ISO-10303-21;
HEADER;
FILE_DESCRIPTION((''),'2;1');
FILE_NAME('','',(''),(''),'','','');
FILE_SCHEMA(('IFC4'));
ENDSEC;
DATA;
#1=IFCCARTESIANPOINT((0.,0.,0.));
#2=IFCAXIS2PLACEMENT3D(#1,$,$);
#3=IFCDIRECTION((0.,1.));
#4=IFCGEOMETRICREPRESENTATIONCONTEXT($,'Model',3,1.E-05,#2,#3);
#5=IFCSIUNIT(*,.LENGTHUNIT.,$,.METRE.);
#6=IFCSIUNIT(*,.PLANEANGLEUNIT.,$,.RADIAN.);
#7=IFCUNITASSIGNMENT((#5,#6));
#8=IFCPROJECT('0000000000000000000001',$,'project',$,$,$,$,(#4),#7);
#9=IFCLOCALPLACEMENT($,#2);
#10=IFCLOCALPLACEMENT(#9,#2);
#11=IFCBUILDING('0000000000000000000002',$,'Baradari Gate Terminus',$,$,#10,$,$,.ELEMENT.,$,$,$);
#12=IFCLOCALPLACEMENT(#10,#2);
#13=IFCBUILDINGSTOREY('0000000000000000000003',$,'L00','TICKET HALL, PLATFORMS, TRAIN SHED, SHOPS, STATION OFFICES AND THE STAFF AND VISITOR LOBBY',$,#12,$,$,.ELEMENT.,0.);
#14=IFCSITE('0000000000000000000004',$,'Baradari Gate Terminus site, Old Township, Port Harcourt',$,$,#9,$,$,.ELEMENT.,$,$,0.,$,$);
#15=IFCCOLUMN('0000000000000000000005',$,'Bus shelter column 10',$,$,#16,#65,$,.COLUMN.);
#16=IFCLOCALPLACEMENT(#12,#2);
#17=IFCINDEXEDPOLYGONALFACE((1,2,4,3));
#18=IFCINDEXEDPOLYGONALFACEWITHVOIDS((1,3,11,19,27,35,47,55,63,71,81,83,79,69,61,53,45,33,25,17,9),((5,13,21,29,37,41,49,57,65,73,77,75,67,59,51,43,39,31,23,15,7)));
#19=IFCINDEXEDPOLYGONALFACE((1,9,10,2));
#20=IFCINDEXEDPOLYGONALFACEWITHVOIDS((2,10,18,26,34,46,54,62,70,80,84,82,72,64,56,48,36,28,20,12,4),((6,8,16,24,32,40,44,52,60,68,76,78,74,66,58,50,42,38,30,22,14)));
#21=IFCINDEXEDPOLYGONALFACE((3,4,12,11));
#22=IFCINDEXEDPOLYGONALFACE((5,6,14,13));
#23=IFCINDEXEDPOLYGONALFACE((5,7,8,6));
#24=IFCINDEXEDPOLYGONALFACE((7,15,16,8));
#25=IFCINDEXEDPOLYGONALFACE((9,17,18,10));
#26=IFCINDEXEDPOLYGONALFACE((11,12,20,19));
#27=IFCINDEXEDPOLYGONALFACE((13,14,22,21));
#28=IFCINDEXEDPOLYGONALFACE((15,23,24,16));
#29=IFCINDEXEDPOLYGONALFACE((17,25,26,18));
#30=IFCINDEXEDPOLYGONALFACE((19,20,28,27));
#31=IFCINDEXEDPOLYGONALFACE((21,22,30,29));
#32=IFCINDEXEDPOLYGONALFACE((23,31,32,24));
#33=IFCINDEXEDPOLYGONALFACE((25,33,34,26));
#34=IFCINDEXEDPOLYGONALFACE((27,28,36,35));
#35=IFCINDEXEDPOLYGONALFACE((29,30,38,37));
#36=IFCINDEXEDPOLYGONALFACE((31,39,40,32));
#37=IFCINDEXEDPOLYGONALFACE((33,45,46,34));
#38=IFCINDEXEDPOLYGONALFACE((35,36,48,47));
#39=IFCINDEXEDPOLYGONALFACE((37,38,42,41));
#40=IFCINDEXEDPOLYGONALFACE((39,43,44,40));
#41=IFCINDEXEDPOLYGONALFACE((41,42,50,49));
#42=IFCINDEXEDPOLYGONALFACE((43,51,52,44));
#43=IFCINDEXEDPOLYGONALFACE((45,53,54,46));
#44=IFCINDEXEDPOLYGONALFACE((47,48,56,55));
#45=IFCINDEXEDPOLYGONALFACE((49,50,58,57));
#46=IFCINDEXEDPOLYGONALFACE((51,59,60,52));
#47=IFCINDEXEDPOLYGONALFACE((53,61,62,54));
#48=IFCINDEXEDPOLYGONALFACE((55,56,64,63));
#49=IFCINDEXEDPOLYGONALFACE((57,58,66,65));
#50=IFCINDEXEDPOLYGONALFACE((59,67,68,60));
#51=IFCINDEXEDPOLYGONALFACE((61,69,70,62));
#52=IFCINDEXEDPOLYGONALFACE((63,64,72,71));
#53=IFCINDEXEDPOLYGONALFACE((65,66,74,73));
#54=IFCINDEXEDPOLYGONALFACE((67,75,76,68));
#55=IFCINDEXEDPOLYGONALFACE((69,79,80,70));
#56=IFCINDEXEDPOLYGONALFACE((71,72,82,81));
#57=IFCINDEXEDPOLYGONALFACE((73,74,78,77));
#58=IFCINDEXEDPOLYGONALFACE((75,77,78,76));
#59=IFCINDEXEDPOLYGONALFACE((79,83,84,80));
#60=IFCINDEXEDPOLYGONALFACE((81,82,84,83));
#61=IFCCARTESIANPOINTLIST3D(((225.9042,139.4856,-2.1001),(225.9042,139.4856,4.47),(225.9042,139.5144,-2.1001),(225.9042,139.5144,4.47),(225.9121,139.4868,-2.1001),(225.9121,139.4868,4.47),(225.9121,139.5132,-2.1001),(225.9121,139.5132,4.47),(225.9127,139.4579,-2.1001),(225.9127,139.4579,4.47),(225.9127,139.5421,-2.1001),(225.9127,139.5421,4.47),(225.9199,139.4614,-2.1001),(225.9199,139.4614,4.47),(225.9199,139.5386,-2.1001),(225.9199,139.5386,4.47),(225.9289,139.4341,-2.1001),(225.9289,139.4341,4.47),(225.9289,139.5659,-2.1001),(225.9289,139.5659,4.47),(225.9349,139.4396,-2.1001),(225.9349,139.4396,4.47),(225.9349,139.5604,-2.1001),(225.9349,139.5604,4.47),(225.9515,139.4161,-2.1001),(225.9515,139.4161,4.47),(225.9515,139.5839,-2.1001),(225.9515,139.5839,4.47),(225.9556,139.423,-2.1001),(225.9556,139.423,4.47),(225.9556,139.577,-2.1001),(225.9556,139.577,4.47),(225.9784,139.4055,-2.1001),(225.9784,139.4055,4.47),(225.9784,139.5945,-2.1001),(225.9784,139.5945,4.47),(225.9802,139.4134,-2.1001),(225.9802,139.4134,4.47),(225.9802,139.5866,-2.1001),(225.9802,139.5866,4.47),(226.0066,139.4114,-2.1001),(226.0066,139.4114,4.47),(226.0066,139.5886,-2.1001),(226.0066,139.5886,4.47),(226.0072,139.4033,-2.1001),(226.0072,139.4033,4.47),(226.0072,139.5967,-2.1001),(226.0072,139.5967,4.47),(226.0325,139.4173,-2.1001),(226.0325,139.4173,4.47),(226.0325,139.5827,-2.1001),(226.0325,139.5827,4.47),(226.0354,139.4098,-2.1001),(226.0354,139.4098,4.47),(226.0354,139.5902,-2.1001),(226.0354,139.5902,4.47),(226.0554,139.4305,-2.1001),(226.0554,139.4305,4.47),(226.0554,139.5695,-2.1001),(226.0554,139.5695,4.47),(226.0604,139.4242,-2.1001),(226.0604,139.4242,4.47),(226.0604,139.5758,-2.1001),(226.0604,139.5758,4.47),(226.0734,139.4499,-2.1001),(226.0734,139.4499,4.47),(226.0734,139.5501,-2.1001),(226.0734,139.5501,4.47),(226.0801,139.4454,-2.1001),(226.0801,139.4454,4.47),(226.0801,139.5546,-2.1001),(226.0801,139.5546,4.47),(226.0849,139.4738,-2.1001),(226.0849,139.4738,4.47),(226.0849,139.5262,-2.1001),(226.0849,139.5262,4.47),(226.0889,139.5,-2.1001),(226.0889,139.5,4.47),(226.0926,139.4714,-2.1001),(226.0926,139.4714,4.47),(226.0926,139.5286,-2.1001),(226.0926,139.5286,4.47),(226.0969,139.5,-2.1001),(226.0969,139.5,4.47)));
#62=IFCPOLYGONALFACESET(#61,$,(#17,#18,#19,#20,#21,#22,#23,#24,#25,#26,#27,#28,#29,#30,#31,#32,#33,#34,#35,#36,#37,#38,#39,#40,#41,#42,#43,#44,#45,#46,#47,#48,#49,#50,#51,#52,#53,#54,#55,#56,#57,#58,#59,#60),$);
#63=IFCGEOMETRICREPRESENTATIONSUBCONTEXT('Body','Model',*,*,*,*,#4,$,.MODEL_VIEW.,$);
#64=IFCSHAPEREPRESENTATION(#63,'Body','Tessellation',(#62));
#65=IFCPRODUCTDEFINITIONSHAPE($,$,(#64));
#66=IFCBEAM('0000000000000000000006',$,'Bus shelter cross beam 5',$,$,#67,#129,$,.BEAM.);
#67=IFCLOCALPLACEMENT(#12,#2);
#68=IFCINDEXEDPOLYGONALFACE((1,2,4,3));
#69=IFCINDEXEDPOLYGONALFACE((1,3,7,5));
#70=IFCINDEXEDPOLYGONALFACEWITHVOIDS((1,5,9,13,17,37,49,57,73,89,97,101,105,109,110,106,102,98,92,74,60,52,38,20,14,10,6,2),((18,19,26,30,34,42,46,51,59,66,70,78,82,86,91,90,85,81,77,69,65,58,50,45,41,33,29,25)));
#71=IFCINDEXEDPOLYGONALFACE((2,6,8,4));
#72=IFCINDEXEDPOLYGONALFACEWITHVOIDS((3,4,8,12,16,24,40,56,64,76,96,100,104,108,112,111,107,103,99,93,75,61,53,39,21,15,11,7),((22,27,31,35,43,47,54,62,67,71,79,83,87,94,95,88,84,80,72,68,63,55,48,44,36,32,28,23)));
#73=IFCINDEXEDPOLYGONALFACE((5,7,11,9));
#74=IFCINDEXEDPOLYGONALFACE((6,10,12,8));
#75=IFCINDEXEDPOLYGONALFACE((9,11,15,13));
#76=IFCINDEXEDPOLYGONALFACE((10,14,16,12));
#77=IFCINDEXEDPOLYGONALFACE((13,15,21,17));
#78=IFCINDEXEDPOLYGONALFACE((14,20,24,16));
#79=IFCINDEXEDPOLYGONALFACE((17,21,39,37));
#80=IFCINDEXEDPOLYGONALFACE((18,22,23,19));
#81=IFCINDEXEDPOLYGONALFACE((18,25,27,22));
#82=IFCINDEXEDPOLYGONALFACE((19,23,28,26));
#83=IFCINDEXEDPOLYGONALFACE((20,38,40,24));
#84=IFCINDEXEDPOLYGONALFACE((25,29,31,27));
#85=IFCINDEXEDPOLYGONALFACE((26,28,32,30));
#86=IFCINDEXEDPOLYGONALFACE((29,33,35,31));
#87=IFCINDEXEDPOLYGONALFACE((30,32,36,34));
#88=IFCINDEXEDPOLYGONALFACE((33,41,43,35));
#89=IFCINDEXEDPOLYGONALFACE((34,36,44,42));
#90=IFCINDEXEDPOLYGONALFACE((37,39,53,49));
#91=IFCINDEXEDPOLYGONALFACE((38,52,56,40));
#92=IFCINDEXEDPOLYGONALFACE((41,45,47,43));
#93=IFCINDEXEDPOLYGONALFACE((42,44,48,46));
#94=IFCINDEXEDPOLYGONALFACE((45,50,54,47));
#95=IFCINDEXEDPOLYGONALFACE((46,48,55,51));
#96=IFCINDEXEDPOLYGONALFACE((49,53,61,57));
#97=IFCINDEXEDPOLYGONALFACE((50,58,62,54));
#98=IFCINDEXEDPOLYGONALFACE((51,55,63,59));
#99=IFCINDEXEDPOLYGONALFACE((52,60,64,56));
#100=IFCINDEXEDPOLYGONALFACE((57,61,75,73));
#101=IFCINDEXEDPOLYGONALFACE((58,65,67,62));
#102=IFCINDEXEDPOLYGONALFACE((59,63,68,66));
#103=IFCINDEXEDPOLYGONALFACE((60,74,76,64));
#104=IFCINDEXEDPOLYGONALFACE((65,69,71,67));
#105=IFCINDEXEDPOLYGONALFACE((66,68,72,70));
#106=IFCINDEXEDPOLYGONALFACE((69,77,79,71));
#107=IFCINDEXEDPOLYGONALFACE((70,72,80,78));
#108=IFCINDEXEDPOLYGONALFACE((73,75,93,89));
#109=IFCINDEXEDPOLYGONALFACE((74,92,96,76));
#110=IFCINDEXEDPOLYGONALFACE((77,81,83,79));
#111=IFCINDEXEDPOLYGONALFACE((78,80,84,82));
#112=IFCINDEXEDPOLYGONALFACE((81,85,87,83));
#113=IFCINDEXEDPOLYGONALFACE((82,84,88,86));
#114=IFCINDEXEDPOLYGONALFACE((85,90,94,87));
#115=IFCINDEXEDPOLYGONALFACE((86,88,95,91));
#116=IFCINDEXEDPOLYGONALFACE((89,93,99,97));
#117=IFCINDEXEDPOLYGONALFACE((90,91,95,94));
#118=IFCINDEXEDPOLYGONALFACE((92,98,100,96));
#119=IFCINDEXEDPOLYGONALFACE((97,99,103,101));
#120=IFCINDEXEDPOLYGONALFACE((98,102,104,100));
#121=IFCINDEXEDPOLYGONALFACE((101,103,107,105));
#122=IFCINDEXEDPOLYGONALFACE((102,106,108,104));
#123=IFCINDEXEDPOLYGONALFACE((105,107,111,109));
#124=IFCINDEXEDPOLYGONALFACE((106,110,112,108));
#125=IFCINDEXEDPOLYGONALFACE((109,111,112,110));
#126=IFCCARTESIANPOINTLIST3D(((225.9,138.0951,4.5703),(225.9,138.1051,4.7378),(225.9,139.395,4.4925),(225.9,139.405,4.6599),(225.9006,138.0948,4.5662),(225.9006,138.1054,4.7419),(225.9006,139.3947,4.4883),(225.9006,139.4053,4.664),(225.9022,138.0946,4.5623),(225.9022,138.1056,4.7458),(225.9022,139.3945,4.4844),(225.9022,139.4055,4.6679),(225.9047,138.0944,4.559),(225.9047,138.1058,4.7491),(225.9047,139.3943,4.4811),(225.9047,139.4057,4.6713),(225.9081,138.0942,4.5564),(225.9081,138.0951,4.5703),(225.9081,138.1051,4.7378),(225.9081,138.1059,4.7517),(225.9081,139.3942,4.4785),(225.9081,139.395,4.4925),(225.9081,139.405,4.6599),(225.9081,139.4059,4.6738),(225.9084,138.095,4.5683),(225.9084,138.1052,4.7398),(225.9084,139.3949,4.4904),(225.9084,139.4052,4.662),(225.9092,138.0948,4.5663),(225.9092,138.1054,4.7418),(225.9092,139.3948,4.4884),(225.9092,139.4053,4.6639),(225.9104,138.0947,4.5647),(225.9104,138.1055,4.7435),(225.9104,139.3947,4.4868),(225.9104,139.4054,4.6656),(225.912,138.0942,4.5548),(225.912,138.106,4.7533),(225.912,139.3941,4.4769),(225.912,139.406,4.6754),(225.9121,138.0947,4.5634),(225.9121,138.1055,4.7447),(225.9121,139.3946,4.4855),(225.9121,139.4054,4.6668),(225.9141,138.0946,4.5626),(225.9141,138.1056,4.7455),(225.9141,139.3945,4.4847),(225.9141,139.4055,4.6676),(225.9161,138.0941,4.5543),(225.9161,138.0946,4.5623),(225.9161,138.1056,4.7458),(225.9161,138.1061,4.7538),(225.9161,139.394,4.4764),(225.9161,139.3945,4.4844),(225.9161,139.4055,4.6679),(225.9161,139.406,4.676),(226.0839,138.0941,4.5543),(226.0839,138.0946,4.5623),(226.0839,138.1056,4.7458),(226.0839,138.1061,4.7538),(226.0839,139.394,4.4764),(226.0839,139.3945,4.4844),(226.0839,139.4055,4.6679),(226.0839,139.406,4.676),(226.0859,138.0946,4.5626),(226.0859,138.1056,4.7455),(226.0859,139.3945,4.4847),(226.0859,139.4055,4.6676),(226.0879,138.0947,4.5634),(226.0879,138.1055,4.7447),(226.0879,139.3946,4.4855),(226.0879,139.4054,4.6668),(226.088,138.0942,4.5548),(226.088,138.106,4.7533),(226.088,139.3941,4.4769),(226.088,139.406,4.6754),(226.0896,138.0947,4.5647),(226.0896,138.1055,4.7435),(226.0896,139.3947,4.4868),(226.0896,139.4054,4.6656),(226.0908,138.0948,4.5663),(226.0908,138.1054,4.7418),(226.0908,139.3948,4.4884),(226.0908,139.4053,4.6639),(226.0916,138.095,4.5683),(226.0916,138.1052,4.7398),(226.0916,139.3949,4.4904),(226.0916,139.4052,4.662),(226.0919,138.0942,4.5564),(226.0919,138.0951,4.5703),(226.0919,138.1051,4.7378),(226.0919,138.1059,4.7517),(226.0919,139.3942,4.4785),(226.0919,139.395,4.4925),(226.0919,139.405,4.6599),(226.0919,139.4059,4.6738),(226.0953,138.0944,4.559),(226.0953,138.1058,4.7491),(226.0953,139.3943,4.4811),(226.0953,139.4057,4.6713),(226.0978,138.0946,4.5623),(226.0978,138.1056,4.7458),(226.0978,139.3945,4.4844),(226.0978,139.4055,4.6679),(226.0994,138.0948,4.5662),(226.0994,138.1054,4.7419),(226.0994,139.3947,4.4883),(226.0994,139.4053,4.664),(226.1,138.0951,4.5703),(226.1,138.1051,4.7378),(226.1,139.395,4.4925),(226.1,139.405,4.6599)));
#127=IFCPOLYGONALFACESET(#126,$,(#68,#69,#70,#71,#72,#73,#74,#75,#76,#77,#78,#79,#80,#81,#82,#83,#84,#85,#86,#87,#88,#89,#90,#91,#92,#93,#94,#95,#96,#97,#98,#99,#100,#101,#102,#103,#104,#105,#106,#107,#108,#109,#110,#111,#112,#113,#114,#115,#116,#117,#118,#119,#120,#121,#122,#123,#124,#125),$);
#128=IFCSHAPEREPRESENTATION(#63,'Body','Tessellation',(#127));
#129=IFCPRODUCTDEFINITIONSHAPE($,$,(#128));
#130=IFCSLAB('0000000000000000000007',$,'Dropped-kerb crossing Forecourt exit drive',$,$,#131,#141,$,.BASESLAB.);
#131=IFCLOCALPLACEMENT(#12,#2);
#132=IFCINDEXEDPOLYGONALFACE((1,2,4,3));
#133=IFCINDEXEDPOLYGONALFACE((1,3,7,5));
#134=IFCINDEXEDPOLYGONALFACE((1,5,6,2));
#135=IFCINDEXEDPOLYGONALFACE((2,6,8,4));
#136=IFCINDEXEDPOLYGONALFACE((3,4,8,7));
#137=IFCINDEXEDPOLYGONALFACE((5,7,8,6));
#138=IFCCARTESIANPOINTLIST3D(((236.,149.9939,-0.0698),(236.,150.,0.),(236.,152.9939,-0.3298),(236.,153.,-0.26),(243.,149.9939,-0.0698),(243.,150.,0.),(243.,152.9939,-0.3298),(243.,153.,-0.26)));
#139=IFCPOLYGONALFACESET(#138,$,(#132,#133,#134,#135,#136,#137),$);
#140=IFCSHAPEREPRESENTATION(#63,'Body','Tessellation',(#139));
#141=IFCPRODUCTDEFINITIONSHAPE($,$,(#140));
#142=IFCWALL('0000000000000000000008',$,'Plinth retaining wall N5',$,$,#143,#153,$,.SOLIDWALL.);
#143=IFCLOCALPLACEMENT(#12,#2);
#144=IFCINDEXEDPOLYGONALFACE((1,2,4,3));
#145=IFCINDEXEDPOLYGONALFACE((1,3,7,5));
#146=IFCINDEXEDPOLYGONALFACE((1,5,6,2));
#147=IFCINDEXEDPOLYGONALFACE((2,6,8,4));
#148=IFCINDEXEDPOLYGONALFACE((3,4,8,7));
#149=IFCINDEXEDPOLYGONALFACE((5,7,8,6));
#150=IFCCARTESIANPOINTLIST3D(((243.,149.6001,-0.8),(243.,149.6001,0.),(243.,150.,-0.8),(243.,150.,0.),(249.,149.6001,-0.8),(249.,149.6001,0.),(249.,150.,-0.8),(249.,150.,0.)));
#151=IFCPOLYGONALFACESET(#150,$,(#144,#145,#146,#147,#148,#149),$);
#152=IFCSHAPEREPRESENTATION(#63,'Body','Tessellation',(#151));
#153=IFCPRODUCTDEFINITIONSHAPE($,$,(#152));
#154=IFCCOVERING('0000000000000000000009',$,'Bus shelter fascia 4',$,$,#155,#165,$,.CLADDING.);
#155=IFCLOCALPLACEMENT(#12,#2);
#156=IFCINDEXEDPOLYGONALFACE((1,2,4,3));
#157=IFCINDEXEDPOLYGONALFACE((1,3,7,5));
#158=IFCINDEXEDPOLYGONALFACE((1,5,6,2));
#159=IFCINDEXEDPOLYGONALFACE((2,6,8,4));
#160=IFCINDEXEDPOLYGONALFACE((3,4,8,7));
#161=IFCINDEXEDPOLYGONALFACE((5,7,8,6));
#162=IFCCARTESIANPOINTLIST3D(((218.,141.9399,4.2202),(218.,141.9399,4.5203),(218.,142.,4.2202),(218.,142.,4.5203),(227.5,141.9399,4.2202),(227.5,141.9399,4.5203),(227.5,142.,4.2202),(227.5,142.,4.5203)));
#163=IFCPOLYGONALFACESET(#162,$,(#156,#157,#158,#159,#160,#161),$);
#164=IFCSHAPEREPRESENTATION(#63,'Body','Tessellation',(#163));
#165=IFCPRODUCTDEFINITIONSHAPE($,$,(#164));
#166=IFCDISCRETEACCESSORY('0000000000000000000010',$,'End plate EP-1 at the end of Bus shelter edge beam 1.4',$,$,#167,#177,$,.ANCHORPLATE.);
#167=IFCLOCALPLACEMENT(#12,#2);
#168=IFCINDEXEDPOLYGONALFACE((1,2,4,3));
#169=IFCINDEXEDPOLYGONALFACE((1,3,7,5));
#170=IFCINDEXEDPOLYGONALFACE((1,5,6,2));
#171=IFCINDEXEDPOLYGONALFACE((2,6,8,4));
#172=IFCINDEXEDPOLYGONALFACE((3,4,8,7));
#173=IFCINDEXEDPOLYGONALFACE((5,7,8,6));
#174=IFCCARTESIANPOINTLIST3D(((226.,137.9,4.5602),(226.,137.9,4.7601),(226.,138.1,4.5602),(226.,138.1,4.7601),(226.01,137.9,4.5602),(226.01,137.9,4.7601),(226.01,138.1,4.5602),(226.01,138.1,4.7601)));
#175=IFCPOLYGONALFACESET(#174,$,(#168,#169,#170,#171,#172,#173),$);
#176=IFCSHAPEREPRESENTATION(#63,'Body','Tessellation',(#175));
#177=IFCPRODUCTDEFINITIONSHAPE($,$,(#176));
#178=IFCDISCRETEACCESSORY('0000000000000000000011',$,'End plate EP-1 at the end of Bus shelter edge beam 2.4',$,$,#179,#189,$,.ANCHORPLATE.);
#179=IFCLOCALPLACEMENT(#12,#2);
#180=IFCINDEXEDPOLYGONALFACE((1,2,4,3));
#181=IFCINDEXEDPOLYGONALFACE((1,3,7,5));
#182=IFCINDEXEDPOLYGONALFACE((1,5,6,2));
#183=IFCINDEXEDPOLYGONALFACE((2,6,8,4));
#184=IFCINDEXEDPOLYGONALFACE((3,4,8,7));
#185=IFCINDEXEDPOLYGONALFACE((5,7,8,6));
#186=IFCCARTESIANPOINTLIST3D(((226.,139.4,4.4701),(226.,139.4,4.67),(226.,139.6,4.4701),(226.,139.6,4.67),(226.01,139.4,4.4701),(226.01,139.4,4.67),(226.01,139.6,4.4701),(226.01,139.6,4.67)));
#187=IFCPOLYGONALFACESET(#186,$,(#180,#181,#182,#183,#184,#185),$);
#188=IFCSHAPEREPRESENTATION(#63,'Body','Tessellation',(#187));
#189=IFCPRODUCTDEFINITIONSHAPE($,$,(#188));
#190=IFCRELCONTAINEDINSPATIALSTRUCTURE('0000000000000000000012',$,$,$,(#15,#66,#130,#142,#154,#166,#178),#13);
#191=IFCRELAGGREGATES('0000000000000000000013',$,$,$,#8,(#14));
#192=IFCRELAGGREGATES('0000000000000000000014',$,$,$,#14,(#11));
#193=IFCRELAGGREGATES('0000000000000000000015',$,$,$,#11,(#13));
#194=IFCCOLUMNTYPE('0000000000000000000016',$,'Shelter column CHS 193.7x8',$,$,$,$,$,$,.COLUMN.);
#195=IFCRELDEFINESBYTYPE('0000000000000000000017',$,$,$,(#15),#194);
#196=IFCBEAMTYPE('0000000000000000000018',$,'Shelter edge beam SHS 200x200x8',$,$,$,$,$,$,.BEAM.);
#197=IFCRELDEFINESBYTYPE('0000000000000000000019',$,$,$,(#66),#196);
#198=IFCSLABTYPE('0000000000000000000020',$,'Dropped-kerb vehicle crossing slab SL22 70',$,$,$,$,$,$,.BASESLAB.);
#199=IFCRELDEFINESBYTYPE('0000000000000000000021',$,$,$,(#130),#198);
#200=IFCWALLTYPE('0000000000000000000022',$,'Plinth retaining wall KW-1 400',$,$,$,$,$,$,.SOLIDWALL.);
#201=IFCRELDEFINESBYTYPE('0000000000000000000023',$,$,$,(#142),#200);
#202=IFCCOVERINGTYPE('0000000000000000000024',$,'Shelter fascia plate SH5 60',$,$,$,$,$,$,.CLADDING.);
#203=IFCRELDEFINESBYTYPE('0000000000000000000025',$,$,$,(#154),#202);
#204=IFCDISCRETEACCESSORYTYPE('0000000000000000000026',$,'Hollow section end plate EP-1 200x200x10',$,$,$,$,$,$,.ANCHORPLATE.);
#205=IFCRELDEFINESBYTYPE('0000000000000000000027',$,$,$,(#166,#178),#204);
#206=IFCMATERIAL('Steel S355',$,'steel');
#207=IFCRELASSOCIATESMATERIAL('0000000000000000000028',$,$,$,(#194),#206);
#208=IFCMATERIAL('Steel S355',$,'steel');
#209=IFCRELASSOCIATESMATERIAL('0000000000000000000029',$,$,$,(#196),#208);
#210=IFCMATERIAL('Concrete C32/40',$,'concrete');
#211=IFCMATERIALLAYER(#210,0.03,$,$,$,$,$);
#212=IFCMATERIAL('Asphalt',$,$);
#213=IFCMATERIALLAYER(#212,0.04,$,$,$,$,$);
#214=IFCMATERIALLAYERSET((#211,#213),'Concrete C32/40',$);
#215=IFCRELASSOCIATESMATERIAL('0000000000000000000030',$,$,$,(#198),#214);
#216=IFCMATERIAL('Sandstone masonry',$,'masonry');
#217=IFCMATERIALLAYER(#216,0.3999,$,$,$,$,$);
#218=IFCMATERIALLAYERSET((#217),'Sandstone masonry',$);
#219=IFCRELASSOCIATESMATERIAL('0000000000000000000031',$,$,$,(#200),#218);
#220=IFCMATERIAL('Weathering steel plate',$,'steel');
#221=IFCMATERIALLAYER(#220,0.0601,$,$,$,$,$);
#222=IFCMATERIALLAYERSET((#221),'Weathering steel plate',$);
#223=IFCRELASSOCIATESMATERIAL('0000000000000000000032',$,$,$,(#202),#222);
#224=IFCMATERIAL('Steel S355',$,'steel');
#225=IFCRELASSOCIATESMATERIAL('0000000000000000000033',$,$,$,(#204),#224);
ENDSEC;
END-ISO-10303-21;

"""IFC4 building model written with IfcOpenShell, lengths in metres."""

from ifc_helpers import new_model, si_unit, direction, frame, frame_2d, origin, origin_2d, place, context, subcontext, project, spatial, polyline, rectangle, hollow_rectangle, hollow_circle, outline, extrude, material, layer, layer_set, material_profile, profile_set, type_object, element, save


model = new_model("IFC4")

# Units and contexts
model_context = context("Model", 3, precision=1e-05, world=origin(), true_north=direction((0.0, 1.0)))
body_context = subcontext(model_context, "Body", "Model", "MODEL_VIEW")
ifc_project = project(units=[si_unit("LENGTHUNIT", "METRE"), si_unit("PLANEANGLEUNIT", "RADIAN")], contexts=[model_context])

# Site, building, storey
site_placement = place(None, origin())
site = spatial("IfcSite", under=ifc_project, at=site_placement, Name="Baradari Gate Terminus site, Old Township, Port Harcourt", CompositionType="ELEMENT", RefElevation=0.0)
building_placement = place(site_placement, origin())
building = spatial("IfcBuilding", under=site, at=building_placement, Name="Baradari Gate Terminus", CompositionType="ELEMENT")
storey_placement = place(building_placement, origin())
storey = spatial("IfcBuildingStorey", under=building, at=storey_placement, Name="L00", Description="TICKET HALL, PLATFORMS, TRAIN SHED, SHOPS, STATION OFFICES AND THE STAFF AND VISITOR LOBBY", CompositionType="ELEMENT", Elevation=0.0)

# Column
ifc_material_1 = material(Name="Steel S355", Category="steel")
ifc_material_profile_1 = material_profile(ifc_material_1, hollow_circle(Radius=0.0969, WallThickness=0.0081, at=origin_2d()), Name="CHS 193.7x8")
ifc_profile_set_1 = profile_set([ifc_material_profile_1], Name="Steel S355")
column_type_1 = type_object("IfcColumnType", Name="Shelter column CHS 193.7x8", PredefinedType="COLUMN", material=ifc_profile_set_1)
column_1_placement = place(storey_placement, frame((226.0, 139.5, -2.1001), z_axis=(0.0, 0.0, 1.0), x_axis=(1.0, 0.0, 0.0)))
element("IfcColumn", 1, at=column_1_placement, inside=storey, type_object=column_type_1, Name="Bus shelter column 10", PredefinedType="COLUMN", context=body_context, shape_type="SweptSolid", body=[
    extrude(hollow_circle(Radius=0.0969, WallThickness=0.0081, at=origin_2d()), origin(), (0.0, 0.0, 1.0), 6.5701),
])

# Beam
ifc_material_2 = material(Name="Steel S355", Category="steel")
ifc_material_profile_2 = material_profile(ifc_material_2, hollow_rectangle(XDim=0.2, YDim=0.2, WallThickness=0.0081, InnerFilletRadius=0.0081, OuterFilletRadius=0.0161, at=origin_2d()), Name="SHS 200x200x8")
ifc_profile_set_2 = profile_set([ifc_material_profile_2], Name="Steel S355")
beam_type = type_object("IfcBeamType", Name="Shelter edge beam SHS 200x200x8", PredefinedType="BEAM", material=ifc_profile_set_2)
beam_placement = place(storey_placement, frame((226.0, 138.1001, 4.6541), z_axis=(0.0, 0.99821, -0.05981), x_axis=(-1.0, 0.0, 0.0)))
element("IfcBeam", 2, at=beam_placement, inside=storey, type_object=beam_type, Name="Bus shelter cross beam 5", PredefinedType="BEAM", context=body_context, shape_type="SweptSolid", body=[
    extrude(hollow_rectangle(XDim=0.2, YDim=0.2, WallThickness=0.0081, InnerFilletRadius=0.0081, OuterFilletRadius=0.0161, at=origin_2d()), origin(), (0.0, 0.0, 1.0), 1.3022),
])

# Slab
ifc_material_3 = material(Name="Concrete C32/40", Category="concrete")
ifc_layer_1 = layer(ifc_material_3, 0.03)
ifc_material_4 = material(Name="Asphalt")
ifc_layer_2 = layer(ifc_material_4, 0.04)
ifc_layer_set_1 = layer_set([ifc_layer_1, ifc_layer_2], Name="Concrete C32/40")
slab_type = type_object("IfcSlabType", Name="Dropped-kerb vehicle crossing slab SL22 70", PredefinedType="BASESLAB", material=ifc_layer_set_1)
slab_placement = place(storey_placement, frame((236.0, 153.0, -0.26), z_axis=(0.0, 0.086346, 0.996265), x_axis=(1.0, 0.0, 0.0)))
element("IfcSlab", 3, at=slab_placement, inside=storey, type_object=slab_type, Name="Dropped-kerb crossing Forecourt exit drive", PredefinedType="BASESLAB", context=body_context, shape_type="SweptSolid", body=[
    extrude(outline(polyline([(0.0, 0.0), (7.0, 0.0), (7.0, -3.0112), (0.0, -3.0112), (0.0, 0.0)])), origin(), (0.0, 0.0, -1.0), 0.0701),
])

# Wall
ifc_material_5 = material(Name="Sandstone masonry", Category="masonry")
ifc_layer_3 = layer(ifc_material_5, 0.3999)
ifc_layer_set_2 = layer_set([ifc_layer_3], Name="Sandstone masonry")
wall_type = type_object("IfcWallType", Name="Plinth retaining wall KW-1 400", PredefinedType="SOLIDWALL", material=ifc_layer_set_2)
wall_placement = place(storey_placement, frame((243.0, 149.8, -0.8), z_axis=(0.0, 0.0, 1.0), x_axis=(1.0, 0.0, 0.0)))
element("IfcWall", 4, at=wall_placement, inside=storey, type_object=wall_type, Name="Plinth retaining wall N5", PredefinedType="SOLIDWALL", context=body_context, shape_type="SweptSolid", body=[
    extrude(rectangle(XDim=6.0, YDim=0.3999, at=frame_2d((3.0, 0.0))), origin(), (0.0, 0.0, 1.0), 0.8),
])

# Covering
ifc_material_6 = material(Name="Weathering steel plate", Category="steel")
ifc_layer_4 = layer(ifc_material_6, 0.0601)
ifc_layer_set_3 = layer_set([ifc_layer_4], Name="Weathering steel plate")
covering_type = type_object("IfcCoveringType", Name="Shelter fascia plate SH5 60", PredefinedType="CLADDING", material=ifc_layer_set_3)
covering_placement = place(storey_placement, frame((222.75, 141.97, 4.2202), z_axis=(0.0, 0.0, 1.0), x_axis=(1.0, 0.0, 0.0)))
element("IfcCovering", 5, at=covering_placement, inside=storey, type_object=covering_type, Name="Bus shelter fascia 4", PredefinedType="CLADDING", context=body_context, shape_type="SweptSolid", body=[
    extrude(rectangle(XDim=9.5, YDim=0.0601, at=origin_2d()), origin(), (0.0, 0.0, 1.0), 0.3),
])

# Discrete accessories
ifc_material_7 = material(Name="Steel S355", Category="steel")
discrete_accessory_type = type_object("IfcDiscreteAccessoryType", Name="Hollow section end plate EP-1 200x200x10", PredefinedType="ANCHORPLATE", material=ifc_material_7)
for number, where, z_axis, x_axis, name in (
    (6, (226.0, 138.0, 4.6602), (1.0, 0.0, 0.0), (0.0, 1.0, 0.0), "End plate EP-1 at the end of Bus shelter edge beam 1.4"),
    (7, (226.0, 139.5, 4.5701), (1.0, 0.0, 0.0), (0.0, 1.0, 0.0), "End plate EP-1 at the end of Bus shelter edge beam 2.4"),
):
    element("IfcDiscreteAccessory", number, at=place(storey_placement, frame(where, z_axis=z_axis, x_axis=x_axis)), inside=storey, type_object=discrete_accessory_type, Name=name, PredefinedType="ANCHORPLATE", context=body_context, shape_type="SweptSolid", body=[
        extrude(rectangle(XDim=0.2, YDim=0.2, at=origin_2d()), origin(), (0.0, 0.0, 1.0), 0.01),
    ])

save(model, "model.ifc")
